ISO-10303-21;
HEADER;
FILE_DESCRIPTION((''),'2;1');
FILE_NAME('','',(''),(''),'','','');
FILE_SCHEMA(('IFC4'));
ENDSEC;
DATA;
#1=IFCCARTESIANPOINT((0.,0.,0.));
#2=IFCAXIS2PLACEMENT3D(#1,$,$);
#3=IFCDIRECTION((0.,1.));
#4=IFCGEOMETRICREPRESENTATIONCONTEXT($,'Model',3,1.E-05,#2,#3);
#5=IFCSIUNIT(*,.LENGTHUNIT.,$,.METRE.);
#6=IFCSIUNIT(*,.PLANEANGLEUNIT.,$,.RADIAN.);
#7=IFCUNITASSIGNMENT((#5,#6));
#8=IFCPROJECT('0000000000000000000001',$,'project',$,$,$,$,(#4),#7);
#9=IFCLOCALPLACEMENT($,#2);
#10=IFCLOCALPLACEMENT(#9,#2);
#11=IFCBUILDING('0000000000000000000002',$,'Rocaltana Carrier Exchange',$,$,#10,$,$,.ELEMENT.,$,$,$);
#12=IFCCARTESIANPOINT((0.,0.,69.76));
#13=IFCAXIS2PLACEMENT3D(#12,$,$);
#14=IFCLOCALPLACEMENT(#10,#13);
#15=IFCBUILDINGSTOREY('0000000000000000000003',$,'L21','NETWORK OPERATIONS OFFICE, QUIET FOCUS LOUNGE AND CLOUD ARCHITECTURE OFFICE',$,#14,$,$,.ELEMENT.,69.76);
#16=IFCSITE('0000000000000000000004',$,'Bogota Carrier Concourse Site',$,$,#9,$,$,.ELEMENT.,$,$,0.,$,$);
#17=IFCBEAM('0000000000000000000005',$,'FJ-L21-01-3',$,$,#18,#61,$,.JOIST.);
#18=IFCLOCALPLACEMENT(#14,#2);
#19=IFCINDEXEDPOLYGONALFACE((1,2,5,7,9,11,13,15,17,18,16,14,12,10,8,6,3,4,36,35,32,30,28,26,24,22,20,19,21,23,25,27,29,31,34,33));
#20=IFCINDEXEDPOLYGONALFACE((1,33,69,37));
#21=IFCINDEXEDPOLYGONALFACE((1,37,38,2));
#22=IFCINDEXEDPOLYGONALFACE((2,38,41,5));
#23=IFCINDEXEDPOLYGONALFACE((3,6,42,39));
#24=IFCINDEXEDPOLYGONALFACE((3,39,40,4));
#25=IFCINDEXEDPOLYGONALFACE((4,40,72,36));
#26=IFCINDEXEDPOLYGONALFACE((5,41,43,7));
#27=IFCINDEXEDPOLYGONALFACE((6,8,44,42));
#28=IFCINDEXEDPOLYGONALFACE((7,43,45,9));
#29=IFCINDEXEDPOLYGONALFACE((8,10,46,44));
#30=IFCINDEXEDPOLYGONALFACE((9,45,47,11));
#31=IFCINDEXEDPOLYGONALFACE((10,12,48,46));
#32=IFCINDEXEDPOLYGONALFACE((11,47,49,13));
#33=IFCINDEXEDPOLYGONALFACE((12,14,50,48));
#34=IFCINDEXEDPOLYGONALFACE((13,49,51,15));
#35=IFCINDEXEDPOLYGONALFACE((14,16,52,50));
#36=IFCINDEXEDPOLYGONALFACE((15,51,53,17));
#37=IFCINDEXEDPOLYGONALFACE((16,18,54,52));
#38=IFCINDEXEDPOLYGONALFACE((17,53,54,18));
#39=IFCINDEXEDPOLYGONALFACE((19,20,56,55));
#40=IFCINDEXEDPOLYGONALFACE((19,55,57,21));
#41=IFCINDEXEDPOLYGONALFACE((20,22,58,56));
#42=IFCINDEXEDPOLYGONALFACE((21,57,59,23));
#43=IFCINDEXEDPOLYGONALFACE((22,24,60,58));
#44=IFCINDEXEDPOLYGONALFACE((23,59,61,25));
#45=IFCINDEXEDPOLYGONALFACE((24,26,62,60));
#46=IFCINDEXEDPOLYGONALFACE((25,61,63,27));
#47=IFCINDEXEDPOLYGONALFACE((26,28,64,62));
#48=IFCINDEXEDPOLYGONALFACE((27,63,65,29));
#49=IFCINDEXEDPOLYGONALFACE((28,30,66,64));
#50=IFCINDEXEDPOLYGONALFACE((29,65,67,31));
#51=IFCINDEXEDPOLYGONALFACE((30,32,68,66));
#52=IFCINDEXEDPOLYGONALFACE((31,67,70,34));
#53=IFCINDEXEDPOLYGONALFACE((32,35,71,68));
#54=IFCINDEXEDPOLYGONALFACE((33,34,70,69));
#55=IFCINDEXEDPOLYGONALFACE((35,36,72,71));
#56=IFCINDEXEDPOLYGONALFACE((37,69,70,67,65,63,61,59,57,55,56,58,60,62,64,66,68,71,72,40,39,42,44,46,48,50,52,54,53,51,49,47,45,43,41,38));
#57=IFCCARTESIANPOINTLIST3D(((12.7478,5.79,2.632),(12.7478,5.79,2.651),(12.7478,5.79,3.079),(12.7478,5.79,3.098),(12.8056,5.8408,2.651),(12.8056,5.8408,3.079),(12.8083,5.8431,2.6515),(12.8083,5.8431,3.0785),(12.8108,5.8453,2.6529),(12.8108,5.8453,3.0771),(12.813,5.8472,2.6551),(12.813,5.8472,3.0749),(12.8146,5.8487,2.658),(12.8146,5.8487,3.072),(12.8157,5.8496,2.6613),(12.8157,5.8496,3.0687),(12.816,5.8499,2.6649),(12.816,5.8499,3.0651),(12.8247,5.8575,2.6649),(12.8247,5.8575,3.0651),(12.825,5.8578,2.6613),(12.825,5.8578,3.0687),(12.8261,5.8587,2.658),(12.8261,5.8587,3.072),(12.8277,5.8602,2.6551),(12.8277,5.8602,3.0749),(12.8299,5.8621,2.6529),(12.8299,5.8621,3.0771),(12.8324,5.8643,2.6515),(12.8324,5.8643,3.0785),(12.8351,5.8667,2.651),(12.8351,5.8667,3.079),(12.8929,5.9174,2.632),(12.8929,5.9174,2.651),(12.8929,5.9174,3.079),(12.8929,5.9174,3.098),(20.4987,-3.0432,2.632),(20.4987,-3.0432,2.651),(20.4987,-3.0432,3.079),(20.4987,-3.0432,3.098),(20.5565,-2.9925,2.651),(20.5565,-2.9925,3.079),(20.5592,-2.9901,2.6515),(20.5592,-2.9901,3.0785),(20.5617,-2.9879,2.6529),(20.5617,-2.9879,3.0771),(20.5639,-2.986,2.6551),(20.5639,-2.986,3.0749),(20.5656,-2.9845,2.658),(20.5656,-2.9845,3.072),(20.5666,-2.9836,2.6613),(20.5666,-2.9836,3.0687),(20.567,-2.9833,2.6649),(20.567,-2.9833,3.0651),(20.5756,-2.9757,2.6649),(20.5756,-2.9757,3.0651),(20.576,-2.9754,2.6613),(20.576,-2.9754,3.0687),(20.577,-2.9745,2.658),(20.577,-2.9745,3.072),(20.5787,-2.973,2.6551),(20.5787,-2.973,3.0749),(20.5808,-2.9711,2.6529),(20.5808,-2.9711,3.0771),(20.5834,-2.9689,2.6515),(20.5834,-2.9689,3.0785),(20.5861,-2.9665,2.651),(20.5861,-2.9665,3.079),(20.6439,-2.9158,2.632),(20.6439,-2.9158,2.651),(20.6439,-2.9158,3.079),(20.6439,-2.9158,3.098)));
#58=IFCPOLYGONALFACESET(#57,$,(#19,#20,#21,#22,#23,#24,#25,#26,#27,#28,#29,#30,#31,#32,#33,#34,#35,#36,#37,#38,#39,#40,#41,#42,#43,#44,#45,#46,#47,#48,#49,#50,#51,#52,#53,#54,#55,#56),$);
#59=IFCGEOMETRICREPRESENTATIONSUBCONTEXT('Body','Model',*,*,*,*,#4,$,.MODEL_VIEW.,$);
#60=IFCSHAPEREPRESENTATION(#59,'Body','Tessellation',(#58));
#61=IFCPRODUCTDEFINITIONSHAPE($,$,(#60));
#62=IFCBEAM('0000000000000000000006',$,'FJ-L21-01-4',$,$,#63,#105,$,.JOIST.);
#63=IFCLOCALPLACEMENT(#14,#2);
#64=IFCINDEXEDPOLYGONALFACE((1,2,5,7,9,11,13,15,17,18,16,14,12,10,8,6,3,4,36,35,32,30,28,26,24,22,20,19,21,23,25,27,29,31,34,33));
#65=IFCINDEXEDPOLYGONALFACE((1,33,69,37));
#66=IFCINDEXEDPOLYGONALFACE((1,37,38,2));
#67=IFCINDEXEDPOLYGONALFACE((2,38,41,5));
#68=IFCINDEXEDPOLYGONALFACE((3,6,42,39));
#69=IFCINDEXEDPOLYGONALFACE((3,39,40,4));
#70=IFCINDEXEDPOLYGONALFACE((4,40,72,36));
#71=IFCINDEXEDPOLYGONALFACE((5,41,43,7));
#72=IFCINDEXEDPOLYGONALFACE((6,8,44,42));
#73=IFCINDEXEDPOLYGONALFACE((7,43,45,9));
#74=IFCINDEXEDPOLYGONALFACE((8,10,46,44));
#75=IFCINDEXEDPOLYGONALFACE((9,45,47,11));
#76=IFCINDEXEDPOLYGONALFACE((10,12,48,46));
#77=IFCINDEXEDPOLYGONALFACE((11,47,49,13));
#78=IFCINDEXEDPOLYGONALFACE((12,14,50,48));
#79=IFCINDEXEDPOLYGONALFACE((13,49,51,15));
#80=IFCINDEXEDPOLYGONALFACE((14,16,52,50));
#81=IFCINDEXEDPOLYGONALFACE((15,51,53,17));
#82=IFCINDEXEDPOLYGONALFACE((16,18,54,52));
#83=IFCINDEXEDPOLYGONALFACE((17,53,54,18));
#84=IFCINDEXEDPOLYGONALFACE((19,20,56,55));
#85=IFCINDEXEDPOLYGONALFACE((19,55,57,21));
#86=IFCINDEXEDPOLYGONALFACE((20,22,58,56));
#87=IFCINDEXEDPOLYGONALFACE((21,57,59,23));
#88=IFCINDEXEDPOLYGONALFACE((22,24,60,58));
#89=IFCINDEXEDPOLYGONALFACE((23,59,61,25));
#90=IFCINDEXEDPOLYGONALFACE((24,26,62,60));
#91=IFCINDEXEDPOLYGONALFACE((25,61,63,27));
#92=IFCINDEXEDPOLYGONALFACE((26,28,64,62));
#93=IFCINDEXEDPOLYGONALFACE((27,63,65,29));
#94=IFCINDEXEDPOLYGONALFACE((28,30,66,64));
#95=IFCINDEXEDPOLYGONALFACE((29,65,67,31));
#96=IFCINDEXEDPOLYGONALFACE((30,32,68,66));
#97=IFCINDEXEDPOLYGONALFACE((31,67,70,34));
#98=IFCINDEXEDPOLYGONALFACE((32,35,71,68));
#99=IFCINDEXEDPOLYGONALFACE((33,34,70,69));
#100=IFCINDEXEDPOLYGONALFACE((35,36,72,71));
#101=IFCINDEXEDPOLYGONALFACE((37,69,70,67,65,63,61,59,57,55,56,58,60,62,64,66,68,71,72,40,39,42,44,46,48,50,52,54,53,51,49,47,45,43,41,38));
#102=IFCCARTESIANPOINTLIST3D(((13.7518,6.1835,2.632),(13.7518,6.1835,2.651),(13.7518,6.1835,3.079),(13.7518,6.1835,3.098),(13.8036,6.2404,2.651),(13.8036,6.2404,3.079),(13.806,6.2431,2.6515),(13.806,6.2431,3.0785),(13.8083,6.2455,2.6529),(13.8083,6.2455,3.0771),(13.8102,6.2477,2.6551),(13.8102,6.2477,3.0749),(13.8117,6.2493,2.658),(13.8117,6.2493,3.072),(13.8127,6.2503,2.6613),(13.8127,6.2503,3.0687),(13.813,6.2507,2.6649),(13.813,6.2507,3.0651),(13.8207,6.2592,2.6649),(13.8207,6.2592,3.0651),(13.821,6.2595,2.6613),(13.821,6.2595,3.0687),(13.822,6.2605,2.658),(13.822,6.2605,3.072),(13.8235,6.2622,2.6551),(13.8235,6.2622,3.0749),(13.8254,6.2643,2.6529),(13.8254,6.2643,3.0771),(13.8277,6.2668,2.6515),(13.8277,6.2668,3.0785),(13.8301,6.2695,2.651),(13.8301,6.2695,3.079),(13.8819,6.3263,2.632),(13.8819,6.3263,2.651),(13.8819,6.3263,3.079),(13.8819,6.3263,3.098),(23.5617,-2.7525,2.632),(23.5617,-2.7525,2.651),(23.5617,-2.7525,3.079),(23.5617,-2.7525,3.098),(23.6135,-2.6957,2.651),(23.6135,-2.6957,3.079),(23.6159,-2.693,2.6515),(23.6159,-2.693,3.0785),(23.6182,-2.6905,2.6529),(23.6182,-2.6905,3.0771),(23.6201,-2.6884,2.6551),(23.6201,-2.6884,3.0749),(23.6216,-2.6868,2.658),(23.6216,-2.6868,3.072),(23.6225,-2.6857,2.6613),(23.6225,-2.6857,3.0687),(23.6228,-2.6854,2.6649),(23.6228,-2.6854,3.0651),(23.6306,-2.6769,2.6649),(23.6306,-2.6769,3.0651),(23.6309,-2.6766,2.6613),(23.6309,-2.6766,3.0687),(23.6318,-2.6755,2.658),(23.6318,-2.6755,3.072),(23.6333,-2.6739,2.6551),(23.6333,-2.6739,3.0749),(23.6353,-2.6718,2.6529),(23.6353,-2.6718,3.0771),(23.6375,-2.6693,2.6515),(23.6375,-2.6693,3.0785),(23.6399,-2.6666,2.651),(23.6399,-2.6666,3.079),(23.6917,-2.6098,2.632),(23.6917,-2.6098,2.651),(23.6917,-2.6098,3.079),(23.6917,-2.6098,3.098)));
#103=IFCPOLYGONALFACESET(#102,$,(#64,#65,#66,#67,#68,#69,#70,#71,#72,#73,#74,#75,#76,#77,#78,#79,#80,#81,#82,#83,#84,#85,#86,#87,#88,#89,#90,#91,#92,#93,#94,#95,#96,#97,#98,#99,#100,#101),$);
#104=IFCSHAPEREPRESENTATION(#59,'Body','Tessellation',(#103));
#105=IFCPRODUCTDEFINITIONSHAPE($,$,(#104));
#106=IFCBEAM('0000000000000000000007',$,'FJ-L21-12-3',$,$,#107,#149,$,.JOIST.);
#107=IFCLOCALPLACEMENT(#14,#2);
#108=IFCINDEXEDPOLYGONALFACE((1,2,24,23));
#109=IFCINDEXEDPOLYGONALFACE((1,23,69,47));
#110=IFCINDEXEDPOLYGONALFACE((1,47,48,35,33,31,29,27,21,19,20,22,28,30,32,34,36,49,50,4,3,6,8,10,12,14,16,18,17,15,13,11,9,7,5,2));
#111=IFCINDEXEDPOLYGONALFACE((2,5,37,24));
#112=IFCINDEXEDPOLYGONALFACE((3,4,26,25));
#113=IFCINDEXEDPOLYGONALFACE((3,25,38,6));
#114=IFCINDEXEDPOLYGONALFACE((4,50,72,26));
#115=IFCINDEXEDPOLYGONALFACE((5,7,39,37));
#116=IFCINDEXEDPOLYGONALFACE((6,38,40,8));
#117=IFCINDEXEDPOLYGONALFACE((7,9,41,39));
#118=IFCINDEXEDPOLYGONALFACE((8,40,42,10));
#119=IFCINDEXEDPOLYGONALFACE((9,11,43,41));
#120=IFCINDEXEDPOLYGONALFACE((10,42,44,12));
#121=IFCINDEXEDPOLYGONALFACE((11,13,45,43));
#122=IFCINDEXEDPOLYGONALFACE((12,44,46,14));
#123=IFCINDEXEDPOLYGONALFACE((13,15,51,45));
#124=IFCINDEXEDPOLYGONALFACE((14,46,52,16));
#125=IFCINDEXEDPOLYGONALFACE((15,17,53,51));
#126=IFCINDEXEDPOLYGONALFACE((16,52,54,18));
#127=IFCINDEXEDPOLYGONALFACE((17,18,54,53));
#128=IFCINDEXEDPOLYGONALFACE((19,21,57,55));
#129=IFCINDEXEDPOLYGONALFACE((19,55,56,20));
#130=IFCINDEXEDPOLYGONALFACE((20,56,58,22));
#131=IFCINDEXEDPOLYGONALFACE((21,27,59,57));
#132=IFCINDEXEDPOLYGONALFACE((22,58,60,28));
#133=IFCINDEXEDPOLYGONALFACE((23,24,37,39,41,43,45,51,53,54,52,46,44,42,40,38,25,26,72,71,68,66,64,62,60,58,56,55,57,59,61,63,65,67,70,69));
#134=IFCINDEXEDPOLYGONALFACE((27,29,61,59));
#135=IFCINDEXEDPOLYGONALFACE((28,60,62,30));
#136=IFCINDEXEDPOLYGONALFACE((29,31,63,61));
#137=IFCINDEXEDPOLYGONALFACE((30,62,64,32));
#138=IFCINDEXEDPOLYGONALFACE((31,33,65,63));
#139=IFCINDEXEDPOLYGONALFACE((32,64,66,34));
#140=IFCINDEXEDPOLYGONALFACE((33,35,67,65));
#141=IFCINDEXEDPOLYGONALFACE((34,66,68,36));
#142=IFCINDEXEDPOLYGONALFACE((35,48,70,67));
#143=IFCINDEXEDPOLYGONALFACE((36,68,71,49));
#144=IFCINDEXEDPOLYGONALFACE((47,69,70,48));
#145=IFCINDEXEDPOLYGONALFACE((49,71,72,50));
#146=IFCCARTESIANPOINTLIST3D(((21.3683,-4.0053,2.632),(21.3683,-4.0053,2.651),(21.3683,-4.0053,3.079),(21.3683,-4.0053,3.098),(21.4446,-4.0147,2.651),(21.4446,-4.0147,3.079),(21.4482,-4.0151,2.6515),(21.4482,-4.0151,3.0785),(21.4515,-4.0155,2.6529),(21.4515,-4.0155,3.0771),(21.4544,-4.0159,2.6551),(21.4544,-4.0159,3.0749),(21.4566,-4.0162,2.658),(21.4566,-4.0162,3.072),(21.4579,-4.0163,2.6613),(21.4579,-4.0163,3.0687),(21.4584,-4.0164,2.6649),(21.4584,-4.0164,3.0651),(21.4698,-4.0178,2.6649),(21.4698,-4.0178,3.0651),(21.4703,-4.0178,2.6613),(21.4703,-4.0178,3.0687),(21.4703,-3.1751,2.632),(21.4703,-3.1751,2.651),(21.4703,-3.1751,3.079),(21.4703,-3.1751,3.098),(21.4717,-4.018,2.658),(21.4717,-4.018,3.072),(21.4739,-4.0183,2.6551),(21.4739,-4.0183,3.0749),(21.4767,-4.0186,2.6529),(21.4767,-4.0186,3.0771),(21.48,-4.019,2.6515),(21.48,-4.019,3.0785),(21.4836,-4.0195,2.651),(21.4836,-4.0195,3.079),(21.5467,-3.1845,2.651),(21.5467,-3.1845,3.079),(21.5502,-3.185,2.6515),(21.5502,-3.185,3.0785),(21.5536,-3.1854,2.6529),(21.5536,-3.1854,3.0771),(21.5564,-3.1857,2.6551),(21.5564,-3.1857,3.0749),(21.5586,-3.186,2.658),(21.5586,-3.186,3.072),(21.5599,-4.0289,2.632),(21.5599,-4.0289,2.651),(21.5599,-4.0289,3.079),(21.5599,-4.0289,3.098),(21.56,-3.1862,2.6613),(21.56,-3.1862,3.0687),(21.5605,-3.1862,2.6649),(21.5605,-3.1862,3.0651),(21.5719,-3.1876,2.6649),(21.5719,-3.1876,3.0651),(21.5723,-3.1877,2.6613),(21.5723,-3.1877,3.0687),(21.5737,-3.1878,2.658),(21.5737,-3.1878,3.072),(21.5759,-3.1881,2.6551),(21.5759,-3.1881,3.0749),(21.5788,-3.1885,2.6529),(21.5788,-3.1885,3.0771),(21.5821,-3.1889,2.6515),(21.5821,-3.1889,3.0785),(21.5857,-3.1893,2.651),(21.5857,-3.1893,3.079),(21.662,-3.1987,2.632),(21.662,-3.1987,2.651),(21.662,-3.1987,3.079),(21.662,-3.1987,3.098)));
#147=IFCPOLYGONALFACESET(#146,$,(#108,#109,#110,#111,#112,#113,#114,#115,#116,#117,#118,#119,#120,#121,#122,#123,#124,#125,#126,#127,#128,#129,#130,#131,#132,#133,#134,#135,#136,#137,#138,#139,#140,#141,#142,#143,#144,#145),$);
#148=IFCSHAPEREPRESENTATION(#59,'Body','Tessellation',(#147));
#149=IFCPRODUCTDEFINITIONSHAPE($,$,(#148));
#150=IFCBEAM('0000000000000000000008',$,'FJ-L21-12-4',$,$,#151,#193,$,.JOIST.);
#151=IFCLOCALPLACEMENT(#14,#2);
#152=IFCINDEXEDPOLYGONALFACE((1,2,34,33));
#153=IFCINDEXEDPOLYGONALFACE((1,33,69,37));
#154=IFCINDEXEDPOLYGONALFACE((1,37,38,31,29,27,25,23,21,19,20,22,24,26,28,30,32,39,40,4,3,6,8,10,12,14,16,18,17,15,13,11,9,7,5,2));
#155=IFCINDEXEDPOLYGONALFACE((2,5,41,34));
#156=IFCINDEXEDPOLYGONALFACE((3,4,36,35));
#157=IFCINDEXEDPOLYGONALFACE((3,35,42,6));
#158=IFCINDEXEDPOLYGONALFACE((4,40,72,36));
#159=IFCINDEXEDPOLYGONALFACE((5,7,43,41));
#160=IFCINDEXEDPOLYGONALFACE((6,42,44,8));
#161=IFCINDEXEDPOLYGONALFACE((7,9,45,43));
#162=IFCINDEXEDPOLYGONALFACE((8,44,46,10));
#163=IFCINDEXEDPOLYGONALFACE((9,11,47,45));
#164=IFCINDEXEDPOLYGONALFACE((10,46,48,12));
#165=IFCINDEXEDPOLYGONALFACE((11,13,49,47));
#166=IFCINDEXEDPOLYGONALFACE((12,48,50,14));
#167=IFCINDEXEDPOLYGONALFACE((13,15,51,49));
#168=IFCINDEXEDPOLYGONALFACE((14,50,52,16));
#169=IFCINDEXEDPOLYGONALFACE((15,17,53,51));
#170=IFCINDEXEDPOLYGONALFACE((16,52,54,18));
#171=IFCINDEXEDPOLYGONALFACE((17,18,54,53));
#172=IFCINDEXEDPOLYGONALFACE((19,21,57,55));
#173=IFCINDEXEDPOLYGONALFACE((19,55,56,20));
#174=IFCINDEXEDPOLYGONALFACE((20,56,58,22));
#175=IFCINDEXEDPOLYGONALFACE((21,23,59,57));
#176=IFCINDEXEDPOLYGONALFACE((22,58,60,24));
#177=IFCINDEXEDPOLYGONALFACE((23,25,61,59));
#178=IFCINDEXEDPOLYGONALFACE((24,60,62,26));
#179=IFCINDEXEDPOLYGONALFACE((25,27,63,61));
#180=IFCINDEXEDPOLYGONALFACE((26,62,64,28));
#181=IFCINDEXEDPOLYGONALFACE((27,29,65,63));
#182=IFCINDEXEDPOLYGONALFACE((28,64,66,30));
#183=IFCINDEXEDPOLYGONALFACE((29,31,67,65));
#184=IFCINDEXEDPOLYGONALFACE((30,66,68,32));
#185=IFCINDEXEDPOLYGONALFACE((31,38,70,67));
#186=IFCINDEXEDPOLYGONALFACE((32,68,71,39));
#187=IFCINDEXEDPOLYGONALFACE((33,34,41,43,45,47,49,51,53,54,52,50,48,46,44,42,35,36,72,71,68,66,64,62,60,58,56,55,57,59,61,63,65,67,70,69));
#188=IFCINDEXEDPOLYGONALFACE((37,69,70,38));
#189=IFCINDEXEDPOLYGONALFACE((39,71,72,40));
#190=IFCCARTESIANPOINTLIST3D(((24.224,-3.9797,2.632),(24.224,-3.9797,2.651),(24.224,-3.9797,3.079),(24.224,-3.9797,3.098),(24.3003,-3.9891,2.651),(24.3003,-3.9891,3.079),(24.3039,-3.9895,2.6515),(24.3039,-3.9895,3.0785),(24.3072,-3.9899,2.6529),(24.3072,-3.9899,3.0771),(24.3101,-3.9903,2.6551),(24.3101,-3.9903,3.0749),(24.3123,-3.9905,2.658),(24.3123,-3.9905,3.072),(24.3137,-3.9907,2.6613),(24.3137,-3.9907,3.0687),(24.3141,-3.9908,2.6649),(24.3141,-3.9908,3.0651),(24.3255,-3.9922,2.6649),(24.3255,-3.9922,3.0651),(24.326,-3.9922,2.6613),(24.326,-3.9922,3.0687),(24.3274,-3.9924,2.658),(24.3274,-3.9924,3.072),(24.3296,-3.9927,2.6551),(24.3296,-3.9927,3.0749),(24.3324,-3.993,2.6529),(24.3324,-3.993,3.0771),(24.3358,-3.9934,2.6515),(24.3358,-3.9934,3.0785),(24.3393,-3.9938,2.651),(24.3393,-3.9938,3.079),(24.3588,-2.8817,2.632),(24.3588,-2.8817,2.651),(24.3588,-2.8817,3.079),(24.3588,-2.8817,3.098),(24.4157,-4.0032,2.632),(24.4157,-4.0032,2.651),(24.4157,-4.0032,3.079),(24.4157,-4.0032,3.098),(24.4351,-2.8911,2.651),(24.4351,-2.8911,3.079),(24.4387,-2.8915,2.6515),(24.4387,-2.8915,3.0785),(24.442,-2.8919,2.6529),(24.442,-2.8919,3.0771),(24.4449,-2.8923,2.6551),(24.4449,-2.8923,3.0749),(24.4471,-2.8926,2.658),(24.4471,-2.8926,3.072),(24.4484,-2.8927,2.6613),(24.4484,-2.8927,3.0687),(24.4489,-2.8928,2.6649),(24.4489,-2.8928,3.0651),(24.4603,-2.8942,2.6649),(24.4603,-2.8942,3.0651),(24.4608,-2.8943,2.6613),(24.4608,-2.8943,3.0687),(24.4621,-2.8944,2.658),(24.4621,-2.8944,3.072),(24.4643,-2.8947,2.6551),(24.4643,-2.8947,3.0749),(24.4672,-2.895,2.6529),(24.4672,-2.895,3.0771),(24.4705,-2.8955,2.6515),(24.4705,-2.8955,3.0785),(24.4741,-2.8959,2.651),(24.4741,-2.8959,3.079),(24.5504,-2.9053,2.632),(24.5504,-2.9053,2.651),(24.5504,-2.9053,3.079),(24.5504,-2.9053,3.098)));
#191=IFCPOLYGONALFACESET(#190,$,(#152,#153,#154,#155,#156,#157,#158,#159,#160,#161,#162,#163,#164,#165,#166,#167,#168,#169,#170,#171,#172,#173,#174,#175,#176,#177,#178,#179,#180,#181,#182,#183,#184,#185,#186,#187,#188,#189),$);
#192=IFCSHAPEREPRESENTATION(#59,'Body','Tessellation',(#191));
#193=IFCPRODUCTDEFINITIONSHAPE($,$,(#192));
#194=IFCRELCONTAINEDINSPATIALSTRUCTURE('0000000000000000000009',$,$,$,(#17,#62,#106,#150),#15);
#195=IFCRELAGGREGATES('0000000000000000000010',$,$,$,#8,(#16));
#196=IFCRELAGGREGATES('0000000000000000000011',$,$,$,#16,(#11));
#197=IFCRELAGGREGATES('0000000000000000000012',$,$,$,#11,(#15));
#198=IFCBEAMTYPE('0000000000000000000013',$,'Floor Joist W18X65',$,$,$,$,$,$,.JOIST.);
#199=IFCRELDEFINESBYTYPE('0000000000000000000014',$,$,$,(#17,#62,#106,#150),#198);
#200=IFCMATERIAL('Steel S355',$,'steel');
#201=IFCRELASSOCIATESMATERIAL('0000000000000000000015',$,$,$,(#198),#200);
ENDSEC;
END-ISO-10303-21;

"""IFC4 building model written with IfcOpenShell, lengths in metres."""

from ifc_helpers import new_model, si_unit, direction, frame, origin, origin_2d, place, context, subcontext, project, spatial, i_section, extrude, material, material_profile, profile_set, type_object, element, save


model = new_model("IFC4")

# Units and contexts
model_context = context("Model", 3, precision=1e-05, world=origin(), true_north=direction((0.0, 1.0)))
body_context = subcontext(model_context, "Body", "Model", "MODEL_VIEW")
ifc_project = project(units=[si_unit("LENGTHUNIT", "METRE"), si_unit("PLANEANGLEUNIT", "RADIAN")], contexts=[model_context])

# Site, building, storey
site_placement = place(None, origin())
site = spatial("IfcSite", under=ifc_project, at=site_placement, Name="Bogota Carrier Concourse Site", CompositionType="ELEMENT", RefElevation=0.0)
building_placement = place(site_placement, origin())
building = spatial("IfcBuilding", under=site, at=building_placement, Name="Rocaltana Carrier Exchange", CompositionType="ELEMENT")
storey_placement = place(building_placement, frame((0.0, 0.0, 69.76)))
storey = spatial("IfcBuildingStorey", under=building, at=storey_placement, Name="L21", Description="NETWORK OPERATIONS OFFICE, QUIET FOCUS LOUNGE AND CLOUD ARCHITECTURE OFFICE", CompositionType="ELEMENT", Elevation=69.76)

# Beams
ifc_material_1 = material(Name="Steel S355", Category="steel")
ifc_material_profile_1 = material_profile(ifc_material_1, i_section(OverallWidth=0.1931, OverallDepth=0.4661, WebThickness=0.0115, FlangeThickness=0.019, FilletRadius=0.0139, at=origin_2d()), Name="W18X65")
ifc_profile_set_1 = profile_set([ifc_material_profile_1], Name="Steel S355")
beam_type_1 = type_object("IfcBeamType", Name="Floor Joist W18X65", PredefinedType="JOIST", material=ifc_profile_set_1)
beam_1_placement = place(storey_placement, frame((20.5713, -2.9795, 2.865), z_axis=(-0.659559, 0.751653, 0.0), x_axis=(-0.751653, -0.659559, 0.0)))
element("IfcBeam", 1, at=beam_1_placement, inside=storey, type_object=beam_type_1, Name="FJ-L21-01-3", PredefinedType="JOIST", context=body_context, shape_type="SweptSolid", body=[
    extrude(i_section(OverallWidth=0.1931, OverallDepth=0.4661, WebThickness=0.0115, FlangeThickness=0.019, FilletRadius=0.0139, at=origin_2d()), origin(), (0.0, 0.0, 1.0), 11.7517),
])
beam_2_placement = place(storey_placement, frame((23.6267, -2.6812, 2.865), z_axis=(-0.739264, 0.673416, 0.0), x_axis=(-0.673416, -0.739264, 0.0)))
element("IfcBeam", 2, at=beam_2_placement, inside=storey, type_object=beam_type_1, Name="FJ-L21-01-4", PredefinedType="JOIST", context=body_context, shape_type="SweptSolid", body=[
    extrude(i_section(OverallWidth=0.1931, OverallDepth=0.4661, WebThickness=0.0115, FlangeThickness=0.019, FilletRadius=0.0139, at=origin_2d()), origin(), (0.0, 0.0, 1.0), 13.2698),
])
beam_3_placement = place(storey_placement, frame((21.4641, -4.0171, 2.865), z_axis=(0.122022, 0.992527, 0.0), x_axis=(-0.992527, 0.122022, 0.0)))
element("IfcBeam", 3, at=beam_3_placement, inside=storey, type_object=beam_type_1, Name="FJ-L21-12-3", PredefinedType="JOIST", context=body_context, shape_type="SweptSolid", body=[
    extrude(i_section(OverallWidth=0.1931, OverallDepth=0.4661, WebThickness=0.0115, FlangeThickness=0.019, FilletRadius=0.0139, at=origin_2d()), origin(), (0.0, 0.0, 1.0), 0.8364),
])
beam_4_placement = place(storey_placement, frame((24.3198, -3.9915, 2.865), z_axis=(0.121834, 0.99255, 0.0), x_axis=(-0.99255, 0.121834, 0.0)))
element("IfcBeam", 4, at=beam_4_placement, inside=storey, type_object=beam_type_1, Name="FJ-L21-12-4", PredefinedType="JOIST", context=body_context, shape_type="SweptSolid", body=[
    extrude(i_section(OverallWidth=0.1931, OverallDepth=0.4661, WebThickness=0.0115, FlangeThickness=0.019, FilletRadius=0.0139, at=origin_2d()), origin(), (0.0, 0.0, 1.0), 1.1062),
])

save(model, "model.ifc")
